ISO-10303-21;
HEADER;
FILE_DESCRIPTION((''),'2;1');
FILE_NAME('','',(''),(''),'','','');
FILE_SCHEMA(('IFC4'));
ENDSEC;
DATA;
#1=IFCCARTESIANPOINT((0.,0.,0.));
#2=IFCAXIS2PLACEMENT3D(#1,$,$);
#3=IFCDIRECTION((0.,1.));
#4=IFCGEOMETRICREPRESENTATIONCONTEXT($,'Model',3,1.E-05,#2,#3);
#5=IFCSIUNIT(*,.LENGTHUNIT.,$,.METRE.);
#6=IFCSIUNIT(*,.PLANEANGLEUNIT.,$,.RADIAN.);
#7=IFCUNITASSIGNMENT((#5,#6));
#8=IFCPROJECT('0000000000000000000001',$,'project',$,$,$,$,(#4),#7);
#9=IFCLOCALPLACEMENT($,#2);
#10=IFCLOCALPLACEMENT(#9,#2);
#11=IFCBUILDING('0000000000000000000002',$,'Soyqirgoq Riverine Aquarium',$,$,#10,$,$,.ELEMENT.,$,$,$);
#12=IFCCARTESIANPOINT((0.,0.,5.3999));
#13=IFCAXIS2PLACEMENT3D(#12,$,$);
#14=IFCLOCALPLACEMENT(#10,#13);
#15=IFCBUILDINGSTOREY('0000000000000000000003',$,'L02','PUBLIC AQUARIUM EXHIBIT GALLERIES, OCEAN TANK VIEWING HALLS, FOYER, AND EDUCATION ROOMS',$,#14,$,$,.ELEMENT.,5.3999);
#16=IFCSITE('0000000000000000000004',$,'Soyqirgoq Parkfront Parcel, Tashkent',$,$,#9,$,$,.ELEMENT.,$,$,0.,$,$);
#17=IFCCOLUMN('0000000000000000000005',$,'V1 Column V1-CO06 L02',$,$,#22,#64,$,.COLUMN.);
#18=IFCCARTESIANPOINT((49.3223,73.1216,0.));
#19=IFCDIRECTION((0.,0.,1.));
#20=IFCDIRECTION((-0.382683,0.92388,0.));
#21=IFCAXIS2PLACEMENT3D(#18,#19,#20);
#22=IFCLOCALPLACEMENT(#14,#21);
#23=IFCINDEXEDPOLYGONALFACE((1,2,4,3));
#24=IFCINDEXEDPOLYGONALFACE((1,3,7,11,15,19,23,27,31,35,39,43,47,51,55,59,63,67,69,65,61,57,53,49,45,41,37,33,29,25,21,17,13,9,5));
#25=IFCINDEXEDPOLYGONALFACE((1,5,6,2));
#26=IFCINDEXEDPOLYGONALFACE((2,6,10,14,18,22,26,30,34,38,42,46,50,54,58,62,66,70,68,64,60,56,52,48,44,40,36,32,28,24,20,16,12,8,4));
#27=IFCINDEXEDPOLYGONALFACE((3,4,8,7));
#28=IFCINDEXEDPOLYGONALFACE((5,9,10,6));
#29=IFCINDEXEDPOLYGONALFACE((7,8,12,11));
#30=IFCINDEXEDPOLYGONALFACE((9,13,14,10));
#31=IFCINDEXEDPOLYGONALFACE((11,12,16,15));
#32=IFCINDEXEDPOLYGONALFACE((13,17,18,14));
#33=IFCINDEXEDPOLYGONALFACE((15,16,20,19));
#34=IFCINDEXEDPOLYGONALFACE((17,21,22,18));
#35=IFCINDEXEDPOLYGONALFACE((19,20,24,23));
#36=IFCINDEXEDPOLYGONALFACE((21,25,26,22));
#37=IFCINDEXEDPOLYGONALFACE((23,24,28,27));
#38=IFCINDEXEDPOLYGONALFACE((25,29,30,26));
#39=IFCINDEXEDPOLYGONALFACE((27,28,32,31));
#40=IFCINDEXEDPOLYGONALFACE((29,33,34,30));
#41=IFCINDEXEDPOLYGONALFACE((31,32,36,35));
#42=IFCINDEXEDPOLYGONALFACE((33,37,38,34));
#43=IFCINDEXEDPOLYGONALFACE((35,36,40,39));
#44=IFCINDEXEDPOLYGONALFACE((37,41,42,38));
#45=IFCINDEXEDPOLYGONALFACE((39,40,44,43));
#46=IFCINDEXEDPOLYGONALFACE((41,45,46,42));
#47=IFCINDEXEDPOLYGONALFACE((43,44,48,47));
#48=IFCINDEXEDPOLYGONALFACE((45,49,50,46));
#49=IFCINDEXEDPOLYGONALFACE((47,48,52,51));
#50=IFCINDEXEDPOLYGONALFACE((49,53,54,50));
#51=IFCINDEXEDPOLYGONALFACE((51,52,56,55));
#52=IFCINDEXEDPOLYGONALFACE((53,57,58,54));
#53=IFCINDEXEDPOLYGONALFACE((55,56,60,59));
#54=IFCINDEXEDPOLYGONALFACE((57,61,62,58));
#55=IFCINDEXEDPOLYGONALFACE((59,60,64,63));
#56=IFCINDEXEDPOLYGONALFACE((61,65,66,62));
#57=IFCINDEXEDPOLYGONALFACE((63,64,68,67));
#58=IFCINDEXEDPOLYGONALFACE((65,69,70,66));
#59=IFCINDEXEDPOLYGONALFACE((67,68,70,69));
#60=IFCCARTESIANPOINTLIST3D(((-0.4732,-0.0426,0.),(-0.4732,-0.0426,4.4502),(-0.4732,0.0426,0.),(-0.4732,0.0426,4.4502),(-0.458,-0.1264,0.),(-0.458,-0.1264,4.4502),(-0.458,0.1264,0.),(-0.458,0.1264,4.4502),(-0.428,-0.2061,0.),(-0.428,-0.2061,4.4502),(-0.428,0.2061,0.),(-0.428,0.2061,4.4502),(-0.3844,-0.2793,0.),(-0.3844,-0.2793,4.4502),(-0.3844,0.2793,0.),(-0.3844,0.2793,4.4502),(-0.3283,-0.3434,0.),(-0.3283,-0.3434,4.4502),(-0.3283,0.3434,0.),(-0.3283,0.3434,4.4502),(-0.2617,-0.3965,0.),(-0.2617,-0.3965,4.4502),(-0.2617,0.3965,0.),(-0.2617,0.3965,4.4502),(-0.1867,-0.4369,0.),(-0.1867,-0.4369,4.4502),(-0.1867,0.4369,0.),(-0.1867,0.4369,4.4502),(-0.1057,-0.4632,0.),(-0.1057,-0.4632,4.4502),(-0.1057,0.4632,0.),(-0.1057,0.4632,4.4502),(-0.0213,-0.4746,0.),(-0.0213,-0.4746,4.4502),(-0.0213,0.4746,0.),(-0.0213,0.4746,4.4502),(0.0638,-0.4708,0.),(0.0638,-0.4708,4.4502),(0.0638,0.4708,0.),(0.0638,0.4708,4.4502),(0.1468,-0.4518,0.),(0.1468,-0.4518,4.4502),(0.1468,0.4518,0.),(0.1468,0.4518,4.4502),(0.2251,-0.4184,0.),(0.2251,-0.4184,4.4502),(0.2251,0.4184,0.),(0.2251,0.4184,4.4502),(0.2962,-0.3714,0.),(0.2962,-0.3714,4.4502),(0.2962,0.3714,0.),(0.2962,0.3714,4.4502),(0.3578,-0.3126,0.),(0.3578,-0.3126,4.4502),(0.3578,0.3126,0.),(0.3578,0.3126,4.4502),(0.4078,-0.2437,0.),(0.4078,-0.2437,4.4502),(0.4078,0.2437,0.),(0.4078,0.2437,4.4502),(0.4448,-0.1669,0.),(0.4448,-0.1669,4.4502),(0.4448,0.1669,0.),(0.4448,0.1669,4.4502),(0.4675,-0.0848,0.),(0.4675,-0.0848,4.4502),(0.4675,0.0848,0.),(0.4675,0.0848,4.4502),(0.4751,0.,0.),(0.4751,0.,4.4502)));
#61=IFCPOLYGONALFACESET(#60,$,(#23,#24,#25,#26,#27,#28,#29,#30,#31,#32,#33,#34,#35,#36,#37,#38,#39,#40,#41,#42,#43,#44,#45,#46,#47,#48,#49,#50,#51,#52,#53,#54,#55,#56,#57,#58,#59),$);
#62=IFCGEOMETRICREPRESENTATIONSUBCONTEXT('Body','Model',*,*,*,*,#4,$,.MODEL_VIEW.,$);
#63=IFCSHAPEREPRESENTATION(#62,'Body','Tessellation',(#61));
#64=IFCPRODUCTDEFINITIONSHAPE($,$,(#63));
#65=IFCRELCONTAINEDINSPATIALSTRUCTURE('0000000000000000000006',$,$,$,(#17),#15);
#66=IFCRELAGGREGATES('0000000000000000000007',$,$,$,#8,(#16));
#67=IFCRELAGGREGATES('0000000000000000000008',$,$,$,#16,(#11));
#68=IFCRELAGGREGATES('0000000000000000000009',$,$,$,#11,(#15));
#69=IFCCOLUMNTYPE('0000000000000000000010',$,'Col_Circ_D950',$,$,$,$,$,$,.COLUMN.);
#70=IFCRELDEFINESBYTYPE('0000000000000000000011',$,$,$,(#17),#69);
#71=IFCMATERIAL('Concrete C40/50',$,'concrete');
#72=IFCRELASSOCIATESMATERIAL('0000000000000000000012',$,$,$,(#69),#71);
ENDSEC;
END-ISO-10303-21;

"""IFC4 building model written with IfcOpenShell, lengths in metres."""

from ifc_helpers import new_model, si_unit, direction, frame, origin, origin_2d, place, context, subcontext, project, spatial, circle, extrude, material, material_profile, profile_set, type_object, element, save


model = new_model("IFC4")

# Units and contexts
model_context = context("Model", 3, precision=1e-05, world=origin(), true_north=direction((0.0, 1.0)))
body_context = subcontext(model_context, "Body", "Model", "MODEL_VIEW")
ifc_project = project(units=[si_unit("LENGTHUNIT", "METRE"), si_unit("PLANEANGLEUNIT", "RADIAN")], contexts=[model_context])

# Site, building, storey
site_placement = place(None, origin())
site = spatial("IfcSite", under=ifc_project, at=site_placement, Name="Soyqirgoq Parkfront Parcel, Tashkent", CompositionType="ELEMENT", RefElevation=0.0)
building_placement = place(site_placement, origin())
building = spatial("IfcBuilding", under=site, at=building_placement, Name="Soyqirgoq Riverine Aquarium", CompositionType="ELEMENT")
storey_placement = place(building_placement, frame((0.0, 0.0, 5.3999)))
storey = spatial("IfcBuildingStorey", under=building, at=storey_placement, Name="L02", Description="PUBLIC AQUARIUM EXHIBIT GALLERIES, OCEAN TANK VIEWING HALLS, FOYER, AND EDUCATION ROOMS", CompositionType="ELEMENT", Elevation=5.3999)

# Column
ifc_material_1 = material(Name="Concrete C40/50", Category="concrete")
ifc_material_profile_1 = material_profile(ifc_material_1, circle(Radius=0.4751, at=origin_2d()), Name="RC-COL D950")
ifc_profile_set_1 = profile_set([ifc_material_profile_1], Name="Concrete C40/50")
column_type_1 = type_object("IfcColumnType", Name="Col_Circ_D950", PredefinedType="COLUMN", material=ifc_profile_set_1)
column_1_placement = place(storey_placement, frame((49.3223, 73.1216, 0.0), z_axis=(0.0, 0.0, 1.0), x_axis=(-0.382683, 0.92388, 0.0)))
element("IfcColumn", 1, at=column_1_placement, inside=storey, type_object=column_type_1, Name="V1 Column V1-CO06 L02", PredefinedType="COLUMN", context=body_context, shape_type="SweptSolid", body=[
    extrude(circle(Radius=0.4751, at=origin_2d()), origin(), (0.0, 0.0, 1.0), 4.4502),
])

save(model, "model.ifc")
